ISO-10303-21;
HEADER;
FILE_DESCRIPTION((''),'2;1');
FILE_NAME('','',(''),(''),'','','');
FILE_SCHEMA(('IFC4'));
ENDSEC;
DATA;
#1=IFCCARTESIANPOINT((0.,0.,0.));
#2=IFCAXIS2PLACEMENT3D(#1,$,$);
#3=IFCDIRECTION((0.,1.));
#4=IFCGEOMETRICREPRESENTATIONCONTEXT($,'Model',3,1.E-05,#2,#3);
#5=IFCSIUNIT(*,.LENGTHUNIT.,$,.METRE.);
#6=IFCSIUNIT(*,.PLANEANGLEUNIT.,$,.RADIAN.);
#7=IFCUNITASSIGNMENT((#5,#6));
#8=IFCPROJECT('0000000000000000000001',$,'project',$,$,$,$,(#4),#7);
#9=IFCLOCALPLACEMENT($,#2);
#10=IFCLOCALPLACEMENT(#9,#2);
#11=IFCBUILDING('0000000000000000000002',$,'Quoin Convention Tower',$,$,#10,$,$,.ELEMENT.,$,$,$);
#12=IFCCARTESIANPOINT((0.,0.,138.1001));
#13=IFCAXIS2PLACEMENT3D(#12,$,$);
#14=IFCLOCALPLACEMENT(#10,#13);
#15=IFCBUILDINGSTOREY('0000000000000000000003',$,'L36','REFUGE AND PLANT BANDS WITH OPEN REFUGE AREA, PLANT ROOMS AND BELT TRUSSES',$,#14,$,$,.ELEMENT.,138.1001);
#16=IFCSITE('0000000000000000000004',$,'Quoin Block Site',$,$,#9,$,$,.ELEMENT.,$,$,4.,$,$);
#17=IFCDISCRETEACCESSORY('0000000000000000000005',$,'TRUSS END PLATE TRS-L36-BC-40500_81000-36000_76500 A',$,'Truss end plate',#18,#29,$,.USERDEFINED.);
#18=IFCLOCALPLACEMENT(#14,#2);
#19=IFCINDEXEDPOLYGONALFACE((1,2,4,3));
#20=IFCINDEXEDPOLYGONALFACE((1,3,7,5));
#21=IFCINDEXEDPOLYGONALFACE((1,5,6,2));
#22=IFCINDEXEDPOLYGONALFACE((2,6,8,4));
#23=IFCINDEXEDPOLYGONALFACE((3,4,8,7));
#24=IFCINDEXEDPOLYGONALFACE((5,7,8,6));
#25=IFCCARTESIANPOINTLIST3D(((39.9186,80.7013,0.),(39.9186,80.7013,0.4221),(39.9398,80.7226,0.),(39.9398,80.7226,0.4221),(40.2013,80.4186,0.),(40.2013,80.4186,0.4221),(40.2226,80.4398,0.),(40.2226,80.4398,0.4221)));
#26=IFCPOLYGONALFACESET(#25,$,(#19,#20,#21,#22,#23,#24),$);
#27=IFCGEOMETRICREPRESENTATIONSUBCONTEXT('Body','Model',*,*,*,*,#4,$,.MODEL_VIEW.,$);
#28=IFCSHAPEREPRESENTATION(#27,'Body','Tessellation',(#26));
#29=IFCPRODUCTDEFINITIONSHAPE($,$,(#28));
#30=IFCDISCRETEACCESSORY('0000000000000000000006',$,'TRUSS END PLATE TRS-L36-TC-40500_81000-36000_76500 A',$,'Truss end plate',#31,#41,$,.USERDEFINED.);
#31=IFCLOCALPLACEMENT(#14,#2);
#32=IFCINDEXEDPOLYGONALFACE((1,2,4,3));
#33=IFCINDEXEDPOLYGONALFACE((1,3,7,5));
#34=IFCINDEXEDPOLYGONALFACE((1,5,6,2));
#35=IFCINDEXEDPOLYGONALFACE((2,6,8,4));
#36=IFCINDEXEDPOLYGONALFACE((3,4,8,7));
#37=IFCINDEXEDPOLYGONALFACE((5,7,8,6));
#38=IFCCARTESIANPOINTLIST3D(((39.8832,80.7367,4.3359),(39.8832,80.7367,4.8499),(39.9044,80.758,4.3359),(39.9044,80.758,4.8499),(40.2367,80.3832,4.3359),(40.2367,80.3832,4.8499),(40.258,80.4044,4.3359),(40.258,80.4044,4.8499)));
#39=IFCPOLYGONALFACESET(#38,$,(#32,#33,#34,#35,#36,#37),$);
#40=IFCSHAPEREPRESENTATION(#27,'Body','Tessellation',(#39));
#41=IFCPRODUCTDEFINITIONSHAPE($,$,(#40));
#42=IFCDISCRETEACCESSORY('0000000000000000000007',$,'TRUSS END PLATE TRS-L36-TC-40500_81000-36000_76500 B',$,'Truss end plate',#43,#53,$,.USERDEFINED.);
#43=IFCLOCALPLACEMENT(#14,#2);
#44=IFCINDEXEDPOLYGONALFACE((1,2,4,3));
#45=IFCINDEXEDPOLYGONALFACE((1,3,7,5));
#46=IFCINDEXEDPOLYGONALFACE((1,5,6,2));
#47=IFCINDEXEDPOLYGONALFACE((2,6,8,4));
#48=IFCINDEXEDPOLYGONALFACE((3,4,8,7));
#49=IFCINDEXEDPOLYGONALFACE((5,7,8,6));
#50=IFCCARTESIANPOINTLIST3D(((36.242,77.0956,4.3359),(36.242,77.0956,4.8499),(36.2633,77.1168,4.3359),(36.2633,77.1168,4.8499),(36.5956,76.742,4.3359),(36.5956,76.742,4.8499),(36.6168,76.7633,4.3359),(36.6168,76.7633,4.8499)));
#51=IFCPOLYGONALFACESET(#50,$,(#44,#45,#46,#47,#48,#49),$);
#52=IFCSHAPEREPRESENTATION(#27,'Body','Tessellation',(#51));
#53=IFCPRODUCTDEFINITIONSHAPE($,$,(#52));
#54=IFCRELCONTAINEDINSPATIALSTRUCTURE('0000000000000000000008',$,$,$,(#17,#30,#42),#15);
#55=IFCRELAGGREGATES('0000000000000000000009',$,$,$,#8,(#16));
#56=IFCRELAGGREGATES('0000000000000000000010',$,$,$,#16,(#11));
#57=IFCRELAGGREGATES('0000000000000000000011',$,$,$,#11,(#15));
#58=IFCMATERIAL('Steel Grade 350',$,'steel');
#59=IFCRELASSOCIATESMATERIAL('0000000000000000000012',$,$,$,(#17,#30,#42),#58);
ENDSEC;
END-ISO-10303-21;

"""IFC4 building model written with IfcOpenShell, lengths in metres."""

from ifc_helpers import new_model, si_unit, direction, frame, origin, origin_2d, place, context, subcontext, project, spatial, rectangle, extrude, material, element, save


model = new_model("IFC4")

# Units and contexts
model_context = context("Model", 3, precision=1e-05, world=origin(), true_north=direction((0.0, 1.0)))
body_context = subcontext(model_context, "Body", "Model", "MODEL_VIEW")
ifc_project = project(units=[si_unit("LENGTHUNIT", "METRE"), si_unit("PLANEANGLEUNIT", "RADIAN")], contexts=[model_context])

# Site, building, storey
site_placement = place(None, origin())
site = spatial("IfcSite", under=ifc_project, at=site_placement, Name="Quoin Block Site", CompositionType="ELEMENT", RefElevation=4.0)
building_placement = place(site_placement, origin())
building = spatial("IfcBuilding", under=site, at=building_placement, Name="Quoin Convention Tower", CompositionType="ELEMENT")
storey_placement = place(building_placement, frame((0.0, 0.0, 138.1001)))
storey = spatial("IfcBuildingStorey", under=building, at=storey_placement, Name="L36", Description="REFUGE AND PLANT BANDS WITH OPEN REFUGE AREA, PLANT ROOMS AND BELT TRUSSES", CompositionType="ELEMENT", Elevation=138.1001)

# Discrete accessories
ifc_material_1 = material(Name="Steel Grade 350", Category="steel")
discrete_accessory_placement = place(storey_placement, frame((40.0706, 80.5706, 0.0), z_axis=(0.0, 0.0, 1.0), x_axis=(0.707107, 0.707107, 0.0)))
element("IfcDiscreteAccessory", 1, at=discrete_accessory_placement, inside=storey, material=ifc_material_1, Name="TRUSS END PLATE TRS-L36-BC-40500_81000-36000_76500 A", ObjectType="Truss end plate", PredefinedType="USERDEFINED", context=body_context, shape_type="SweptSolid", body=[
    extrude(rectangle(XDim=0.03, YDim=0.3999, at=origin_2d()), origin(), (0.0, 0.0, 1.0), 0.4221),
])
for number, where, z_axis, x_axis, name in (
    (2, (40.0706, 80.5706, 4.3359), (0.0, 0.0, 1.0), (0.707107, 0.707107, 0.0), "TRUSS END PLATE TRS-L36-TC-40500_81000-36000_76500 A"),
    (3, (36.4294, 76.9294, 4.3359), (0.0, 0.0, 1.0), (-0.707107, -0.707107, 0.0), "TRUSS END PLATE TRS-L36-TC-40500_81000-36000_76500 B"),
):
    element("IfcDiscreteAccessory", number, at=place(storey_placement, frame(where, z_axis=z_axis, x_axis=x_axis)), inside=storey, material=ifc_material_1, Name=name, ObjectType="Truss end plate", PredefinedType="USERDEFINED", context=body_context, shape_type="SweptSolid", body=[
        extrude(rectangle(XDim=0.03, YDim=0.5, at=origin_2d()), origin(), (0.0, 0.0, 1.0), 0.5139),
    ])

save(model, "model.ifc")
